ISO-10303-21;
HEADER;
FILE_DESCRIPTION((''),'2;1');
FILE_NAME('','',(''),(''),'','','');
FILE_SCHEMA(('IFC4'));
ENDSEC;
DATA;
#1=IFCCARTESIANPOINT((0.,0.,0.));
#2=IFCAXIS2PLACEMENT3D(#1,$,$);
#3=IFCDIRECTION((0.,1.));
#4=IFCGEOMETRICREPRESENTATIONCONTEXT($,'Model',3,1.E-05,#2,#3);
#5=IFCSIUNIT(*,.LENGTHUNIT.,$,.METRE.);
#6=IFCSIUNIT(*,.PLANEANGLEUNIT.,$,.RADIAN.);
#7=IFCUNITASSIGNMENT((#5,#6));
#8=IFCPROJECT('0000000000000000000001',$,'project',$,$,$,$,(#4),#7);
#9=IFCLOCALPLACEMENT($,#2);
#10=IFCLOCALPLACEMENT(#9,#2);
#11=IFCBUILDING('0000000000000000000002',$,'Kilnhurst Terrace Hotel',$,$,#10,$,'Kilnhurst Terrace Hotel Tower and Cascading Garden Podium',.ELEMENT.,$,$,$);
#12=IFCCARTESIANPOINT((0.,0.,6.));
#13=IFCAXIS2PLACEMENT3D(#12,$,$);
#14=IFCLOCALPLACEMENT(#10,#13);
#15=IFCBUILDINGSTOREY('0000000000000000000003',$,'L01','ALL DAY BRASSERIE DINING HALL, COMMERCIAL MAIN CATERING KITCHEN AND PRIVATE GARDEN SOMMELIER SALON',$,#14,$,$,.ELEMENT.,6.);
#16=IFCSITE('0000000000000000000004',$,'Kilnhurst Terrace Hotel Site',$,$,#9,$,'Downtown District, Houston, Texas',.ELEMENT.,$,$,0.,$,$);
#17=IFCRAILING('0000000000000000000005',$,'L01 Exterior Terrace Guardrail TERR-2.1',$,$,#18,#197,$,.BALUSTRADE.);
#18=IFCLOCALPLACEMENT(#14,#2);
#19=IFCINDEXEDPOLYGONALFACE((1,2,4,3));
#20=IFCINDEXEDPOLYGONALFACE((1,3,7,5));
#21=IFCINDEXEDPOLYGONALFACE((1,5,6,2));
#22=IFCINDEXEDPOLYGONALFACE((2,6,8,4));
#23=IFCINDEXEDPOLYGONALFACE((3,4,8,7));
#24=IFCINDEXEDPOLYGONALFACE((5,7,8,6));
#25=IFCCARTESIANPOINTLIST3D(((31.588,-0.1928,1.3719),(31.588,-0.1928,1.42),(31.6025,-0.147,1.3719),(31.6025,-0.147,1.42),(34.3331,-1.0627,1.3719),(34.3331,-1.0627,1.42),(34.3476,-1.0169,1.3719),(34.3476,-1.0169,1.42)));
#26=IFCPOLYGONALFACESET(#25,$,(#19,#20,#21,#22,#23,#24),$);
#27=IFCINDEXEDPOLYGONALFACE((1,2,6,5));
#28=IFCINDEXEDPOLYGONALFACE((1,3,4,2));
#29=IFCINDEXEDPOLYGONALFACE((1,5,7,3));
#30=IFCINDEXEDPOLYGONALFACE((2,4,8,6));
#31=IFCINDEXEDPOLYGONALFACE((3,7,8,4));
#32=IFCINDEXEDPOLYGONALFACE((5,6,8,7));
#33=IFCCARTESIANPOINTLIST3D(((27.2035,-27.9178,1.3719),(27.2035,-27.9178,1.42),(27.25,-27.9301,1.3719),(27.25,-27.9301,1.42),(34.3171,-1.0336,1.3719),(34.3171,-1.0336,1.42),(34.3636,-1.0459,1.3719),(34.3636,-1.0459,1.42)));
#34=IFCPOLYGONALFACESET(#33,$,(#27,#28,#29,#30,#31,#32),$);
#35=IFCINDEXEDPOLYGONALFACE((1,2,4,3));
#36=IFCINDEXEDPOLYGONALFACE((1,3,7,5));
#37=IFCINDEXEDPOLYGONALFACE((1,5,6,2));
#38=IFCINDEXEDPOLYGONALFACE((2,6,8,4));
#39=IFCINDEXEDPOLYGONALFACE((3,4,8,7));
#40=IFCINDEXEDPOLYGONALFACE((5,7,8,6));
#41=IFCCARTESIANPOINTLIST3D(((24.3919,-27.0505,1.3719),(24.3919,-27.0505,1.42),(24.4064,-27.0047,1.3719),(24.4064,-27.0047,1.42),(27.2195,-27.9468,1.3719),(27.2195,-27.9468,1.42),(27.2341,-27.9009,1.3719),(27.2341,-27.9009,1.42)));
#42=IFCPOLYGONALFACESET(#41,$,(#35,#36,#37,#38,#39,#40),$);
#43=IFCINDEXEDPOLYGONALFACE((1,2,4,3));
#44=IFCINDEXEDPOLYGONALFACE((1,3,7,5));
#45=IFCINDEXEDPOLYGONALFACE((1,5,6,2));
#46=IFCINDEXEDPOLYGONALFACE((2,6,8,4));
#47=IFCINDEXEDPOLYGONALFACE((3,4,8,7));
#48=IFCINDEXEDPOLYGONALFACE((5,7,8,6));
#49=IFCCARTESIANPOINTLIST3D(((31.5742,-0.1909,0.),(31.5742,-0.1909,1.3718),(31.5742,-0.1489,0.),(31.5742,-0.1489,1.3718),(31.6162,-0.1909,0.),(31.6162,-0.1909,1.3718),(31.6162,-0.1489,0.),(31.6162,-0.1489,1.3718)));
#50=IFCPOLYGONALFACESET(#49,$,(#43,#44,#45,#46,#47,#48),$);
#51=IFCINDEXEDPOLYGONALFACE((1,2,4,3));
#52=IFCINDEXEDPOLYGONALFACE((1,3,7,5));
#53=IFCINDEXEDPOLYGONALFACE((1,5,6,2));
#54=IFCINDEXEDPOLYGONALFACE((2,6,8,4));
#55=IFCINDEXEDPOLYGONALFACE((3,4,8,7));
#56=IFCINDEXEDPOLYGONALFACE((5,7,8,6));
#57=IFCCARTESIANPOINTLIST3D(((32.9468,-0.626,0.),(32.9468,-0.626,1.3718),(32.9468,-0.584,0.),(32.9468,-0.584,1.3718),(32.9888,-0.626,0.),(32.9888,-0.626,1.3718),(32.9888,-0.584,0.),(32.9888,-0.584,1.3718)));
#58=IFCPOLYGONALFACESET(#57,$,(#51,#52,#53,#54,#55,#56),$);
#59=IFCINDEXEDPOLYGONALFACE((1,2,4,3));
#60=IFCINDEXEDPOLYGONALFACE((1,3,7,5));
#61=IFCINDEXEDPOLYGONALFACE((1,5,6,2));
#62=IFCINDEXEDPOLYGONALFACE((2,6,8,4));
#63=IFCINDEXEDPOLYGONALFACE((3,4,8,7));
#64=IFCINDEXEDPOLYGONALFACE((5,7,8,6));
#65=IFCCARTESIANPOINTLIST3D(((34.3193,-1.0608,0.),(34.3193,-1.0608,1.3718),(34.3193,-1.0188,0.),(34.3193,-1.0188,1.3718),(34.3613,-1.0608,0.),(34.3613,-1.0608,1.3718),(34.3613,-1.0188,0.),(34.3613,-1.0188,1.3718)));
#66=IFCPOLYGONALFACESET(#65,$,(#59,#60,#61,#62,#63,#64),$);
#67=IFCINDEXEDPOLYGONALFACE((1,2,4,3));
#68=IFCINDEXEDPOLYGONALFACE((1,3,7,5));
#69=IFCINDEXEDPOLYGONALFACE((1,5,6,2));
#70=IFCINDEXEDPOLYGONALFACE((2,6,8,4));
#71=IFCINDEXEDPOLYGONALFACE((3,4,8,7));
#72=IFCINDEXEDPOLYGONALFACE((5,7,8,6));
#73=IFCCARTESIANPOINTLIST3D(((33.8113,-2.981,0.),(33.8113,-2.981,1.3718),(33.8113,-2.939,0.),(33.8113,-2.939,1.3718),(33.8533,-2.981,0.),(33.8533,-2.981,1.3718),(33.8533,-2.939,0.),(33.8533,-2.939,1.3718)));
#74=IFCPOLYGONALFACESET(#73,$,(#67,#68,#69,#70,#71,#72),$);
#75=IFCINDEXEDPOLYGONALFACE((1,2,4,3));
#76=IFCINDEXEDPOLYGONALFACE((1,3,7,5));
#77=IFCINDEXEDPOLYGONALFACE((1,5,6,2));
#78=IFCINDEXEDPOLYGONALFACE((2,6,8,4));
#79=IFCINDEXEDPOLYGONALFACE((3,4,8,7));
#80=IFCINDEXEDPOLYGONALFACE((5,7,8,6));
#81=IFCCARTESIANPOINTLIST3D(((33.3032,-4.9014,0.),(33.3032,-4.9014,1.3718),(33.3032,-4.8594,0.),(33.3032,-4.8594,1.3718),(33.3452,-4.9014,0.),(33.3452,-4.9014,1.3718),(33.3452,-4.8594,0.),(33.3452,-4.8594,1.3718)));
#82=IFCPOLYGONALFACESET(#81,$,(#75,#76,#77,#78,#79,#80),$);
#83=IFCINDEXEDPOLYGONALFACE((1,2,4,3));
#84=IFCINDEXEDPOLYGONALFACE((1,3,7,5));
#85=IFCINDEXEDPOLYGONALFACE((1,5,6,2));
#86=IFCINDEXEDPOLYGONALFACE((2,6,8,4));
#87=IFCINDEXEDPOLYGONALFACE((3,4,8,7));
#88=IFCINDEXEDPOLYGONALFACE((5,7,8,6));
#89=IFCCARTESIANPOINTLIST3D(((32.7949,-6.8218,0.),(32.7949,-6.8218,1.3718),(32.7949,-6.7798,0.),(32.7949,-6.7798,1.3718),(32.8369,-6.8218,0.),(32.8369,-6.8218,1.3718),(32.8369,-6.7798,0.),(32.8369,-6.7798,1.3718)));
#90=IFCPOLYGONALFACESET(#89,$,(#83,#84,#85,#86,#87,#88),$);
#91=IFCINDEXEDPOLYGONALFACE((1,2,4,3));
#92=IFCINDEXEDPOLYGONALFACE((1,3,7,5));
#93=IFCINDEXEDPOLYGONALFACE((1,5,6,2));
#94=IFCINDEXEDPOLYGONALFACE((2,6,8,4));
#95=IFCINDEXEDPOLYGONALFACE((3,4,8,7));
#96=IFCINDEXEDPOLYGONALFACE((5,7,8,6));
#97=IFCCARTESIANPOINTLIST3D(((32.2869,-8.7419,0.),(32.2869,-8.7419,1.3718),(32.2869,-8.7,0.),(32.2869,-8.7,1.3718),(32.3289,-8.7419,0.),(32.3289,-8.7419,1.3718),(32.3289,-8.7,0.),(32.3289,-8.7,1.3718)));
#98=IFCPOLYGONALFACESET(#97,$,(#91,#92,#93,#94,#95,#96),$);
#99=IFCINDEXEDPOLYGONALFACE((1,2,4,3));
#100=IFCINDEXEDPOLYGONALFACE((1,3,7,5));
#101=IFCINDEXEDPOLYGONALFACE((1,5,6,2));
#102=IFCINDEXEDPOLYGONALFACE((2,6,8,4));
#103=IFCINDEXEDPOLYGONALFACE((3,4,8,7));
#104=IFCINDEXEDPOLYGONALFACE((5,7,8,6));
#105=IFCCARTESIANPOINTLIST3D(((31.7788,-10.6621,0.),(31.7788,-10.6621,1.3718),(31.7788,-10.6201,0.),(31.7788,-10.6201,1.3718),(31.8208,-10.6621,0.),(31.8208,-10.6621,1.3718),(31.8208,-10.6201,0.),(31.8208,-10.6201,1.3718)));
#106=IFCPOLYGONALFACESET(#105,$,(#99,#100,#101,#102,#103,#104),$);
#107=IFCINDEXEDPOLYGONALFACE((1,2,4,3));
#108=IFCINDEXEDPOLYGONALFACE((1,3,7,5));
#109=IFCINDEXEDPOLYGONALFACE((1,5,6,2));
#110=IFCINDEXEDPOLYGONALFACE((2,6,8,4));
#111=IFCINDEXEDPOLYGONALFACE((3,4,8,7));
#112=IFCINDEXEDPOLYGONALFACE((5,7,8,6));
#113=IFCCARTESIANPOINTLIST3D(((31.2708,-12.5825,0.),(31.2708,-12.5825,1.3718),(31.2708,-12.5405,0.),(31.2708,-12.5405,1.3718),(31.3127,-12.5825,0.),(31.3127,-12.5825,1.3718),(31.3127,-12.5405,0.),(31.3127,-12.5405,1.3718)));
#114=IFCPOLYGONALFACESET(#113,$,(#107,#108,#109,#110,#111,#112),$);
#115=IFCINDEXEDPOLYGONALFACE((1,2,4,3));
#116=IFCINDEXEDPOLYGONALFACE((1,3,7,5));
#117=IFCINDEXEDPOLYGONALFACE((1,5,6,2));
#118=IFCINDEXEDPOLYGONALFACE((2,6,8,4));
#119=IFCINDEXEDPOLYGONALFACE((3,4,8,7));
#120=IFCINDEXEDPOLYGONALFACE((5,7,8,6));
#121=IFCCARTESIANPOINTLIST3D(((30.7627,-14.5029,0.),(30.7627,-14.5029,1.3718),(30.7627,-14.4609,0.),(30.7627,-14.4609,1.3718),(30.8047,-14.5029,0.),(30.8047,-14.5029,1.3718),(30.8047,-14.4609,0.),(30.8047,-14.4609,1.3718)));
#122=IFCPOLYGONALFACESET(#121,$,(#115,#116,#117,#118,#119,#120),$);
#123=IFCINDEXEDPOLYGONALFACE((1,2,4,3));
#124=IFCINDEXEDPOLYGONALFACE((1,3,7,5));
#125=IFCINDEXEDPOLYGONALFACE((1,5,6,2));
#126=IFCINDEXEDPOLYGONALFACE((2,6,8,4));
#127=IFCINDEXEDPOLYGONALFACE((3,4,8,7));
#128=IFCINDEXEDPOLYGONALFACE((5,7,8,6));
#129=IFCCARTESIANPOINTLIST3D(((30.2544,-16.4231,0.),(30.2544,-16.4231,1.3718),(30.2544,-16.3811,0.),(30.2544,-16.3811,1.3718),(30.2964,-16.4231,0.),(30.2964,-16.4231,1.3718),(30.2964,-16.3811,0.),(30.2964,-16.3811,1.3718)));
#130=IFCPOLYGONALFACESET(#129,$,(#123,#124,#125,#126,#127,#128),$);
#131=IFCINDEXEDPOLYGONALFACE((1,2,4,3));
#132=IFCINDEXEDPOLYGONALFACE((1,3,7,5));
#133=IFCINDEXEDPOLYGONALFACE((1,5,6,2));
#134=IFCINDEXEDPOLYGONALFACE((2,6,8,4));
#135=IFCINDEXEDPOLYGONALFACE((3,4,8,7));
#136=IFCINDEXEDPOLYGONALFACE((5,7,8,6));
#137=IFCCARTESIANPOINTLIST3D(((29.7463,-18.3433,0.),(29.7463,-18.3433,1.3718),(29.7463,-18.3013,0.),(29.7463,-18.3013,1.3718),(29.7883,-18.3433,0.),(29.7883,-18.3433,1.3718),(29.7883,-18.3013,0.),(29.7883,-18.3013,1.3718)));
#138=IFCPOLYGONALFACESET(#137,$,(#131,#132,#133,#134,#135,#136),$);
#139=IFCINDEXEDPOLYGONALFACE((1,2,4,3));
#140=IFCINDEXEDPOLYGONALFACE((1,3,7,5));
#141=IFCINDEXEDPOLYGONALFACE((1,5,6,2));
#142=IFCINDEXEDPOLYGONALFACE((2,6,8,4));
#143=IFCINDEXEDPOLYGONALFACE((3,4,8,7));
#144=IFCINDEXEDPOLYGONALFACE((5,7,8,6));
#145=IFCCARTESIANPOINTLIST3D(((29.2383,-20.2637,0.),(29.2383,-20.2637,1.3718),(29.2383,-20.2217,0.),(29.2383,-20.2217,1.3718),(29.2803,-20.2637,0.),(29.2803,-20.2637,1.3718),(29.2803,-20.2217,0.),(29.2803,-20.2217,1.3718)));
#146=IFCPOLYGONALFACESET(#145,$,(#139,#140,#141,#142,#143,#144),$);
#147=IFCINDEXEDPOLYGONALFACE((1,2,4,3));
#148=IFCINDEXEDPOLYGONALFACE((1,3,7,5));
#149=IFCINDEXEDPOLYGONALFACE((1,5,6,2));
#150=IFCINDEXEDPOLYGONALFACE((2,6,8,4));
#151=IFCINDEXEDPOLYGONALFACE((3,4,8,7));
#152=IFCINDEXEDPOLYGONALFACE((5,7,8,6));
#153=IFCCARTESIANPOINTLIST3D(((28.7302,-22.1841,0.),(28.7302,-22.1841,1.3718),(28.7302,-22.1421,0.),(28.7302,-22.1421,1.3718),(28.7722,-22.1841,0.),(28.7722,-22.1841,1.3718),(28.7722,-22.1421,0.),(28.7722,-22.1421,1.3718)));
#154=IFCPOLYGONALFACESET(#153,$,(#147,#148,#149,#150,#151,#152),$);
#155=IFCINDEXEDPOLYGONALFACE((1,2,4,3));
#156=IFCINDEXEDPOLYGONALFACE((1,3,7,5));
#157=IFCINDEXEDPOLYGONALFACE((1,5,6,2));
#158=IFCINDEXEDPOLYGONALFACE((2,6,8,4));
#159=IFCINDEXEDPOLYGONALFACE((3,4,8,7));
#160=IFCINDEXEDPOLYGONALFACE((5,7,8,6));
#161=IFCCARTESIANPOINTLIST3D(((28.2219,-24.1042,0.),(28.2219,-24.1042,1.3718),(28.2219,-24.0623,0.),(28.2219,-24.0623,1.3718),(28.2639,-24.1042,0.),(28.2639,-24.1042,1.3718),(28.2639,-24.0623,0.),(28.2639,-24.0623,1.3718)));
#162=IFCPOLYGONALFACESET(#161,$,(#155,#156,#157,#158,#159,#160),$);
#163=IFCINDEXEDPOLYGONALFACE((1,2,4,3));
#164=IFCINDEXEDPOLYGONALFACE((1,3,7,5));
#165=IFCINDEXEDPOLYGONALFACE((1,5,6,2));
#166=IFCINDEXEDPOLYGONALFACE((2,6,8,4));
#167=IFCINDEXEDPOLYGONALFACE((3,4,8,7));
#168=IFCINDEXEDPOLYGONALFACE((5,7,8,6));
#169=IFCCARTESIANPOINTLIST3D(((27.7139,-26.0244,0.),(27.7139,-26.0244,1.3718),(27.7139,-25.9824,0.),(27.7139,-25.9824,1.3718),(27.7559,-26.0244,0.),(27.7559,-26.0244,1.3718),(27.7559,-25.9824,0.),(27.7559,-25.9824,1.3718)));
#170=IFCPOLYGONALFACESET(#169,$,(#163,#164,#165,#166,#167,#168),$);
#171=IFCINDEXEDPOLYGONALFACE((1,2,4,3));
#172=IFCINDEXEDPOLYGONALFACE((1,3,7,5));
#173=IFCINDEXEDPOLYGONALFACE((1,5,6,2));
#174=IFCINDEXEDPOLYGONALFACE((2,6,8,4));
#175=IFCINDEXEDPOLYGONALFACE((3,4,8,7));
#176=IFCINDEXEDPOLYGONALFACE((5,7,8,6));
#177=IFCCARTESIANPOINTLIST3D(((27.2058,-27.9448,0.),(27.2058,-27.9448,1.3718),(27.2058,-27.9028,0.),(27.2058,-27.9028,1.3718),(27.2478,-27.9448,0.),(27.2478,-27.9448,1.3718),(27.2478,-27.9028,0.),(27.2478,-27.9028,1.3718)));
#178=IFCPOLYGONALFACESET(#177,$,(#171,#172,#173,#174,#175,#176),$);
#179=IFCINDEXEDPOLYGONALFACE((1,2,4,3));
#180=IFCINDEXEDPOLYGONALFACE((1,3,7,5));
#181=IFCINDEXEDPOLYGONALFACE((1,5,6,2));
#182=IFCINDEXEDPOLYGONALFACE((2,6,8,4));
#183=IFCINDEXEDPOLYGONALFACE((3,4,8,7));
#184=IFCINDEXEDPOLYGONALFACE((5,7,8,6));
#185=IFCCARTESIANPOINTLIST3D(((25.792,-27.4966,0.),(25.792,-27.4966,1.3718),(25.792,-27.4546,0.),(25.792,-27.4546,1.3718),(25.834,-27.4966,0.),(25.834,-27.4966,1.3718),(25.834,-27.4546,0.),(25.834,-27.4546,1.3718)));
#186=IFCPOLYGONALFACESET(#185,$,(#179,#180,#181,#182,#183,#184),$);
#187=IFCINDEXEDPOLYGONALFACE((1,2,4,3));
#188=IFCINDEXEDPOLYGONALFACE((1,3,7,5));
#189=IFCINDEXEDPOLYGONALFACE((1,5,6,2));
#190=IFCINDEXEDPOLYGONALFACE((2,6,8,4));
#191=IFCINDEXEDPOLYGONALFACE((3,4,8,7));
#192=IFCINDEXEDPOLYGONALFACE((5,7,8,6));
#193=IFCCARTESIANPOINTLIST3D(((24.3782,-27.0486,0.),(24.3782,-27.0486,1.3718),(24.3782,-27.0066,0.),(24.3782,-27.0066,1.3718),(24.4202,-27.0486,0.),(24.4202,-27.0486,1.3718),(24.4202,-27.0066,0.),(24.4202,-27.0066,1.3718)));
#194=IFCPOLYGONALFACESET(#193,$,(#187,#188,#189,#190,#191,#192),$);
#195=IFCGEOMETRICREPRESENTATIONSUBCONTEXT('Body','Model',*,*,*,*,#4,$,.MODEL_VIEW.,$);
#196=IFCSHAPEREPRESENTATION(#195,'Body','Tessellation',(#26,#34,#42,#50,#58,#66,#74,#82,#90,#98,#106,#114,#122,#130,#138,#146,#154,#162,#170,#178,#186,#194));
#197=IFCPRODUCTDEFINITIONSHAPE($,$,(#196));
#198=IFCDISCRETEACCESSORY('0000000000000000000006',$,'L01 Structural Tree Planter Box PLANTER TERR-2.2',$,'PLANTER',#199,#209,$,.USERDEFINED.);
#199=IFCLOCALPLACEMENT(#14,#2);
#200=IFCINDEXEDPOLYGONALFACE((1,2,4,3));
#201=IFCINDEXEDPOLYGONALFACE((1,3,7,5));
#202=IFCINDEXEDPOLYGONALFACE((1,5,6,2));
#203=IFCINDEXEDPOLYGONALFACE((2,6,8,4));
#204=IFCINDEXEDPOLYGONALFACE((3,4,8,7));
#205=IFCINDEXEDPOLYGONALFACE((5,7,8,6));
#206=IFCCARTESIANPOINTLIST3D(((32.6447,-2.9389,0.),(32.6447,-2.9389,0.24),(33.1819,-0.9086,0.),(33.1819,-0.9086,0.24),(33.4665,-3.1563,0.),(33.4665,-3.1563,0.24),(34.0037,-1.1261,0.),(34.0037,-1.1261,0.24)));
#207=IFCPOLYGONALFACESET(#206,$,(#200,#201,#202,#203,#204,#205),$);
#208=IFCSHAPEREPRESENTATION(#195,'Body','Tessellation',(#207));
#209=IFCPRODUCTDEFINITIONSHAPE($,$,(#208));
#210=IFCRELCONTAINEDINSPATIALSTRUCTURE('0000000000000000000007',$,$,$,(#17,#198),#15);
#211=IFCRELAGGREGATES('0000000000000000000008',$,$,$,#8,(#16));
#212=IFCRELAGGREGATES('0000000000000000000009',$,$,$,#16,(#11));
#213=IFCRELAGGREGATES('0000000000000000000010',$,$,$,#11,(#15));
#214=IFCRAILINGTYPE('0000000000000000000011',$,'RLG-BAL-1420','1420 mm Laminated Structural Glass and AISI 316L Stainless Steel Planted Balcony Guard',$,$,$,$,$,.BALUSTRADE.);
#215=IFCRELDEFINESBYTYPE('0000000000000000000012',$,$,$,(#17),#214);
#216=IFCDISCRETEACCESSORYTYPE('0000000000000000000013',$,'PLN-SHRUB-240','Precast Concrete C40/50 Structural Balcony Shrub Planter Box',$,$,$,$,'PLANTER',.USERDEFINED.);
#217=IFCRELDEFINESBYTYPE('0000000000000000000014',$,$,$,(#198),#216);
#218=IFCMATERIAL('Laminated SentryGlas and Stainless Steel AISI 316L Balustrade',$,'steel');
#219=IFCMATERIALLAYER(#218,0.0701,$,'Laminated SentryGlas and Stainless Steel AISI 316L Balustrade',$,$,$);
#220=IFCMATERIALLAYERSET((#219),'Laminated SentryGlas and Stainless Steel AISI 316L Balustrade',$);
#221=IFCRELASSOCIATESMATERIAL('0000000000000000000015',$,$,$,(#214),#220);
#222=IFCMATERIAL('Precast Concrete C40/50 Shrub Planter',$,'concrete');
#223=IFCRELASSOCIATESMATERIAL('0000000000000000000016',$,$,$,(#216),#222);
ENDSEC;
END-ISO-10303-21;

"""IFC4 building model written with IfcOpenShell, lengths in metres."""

from ifc_helpers import new_model, si_unit, direction, frame, origin, origin_2d, place, context, subcontext, project, spatial, rectangle, extrude, material, layer, layer_set, type_object, element, save


model = new_model("IFC4")

# Units and contexts
model_context = context("Model", 3, precision=1e-05, world=origin(), true_north=direction((0.0, 1.0)))
body_context = subcontext(model_context, "Body", "Model", "MODEL_VIEW")
ifc_project = project(units=[si_unit("LENGTHUNIT", "METRE"), si_unit("PLANEANGLEUNIT", "RADIAN")], contexts=[model_context])

# Site, building, storey
site_placement = place(None, origin())
site = spatial("IfcSite", under=ifc_project, at=site_placement, Name="Kilnhurst Terrace Hotel Site", LongName="Downtown District, Houston, Texas", CompositionType="ELEMENT", RefElevation=0.0)
building_placement = place(site_placement, origin())
building = spatial("IfcBuilding", under=site, at=building_placement, Name="Kilnhurst Terrace Hotel", LongName="Kilnhurst Terrace Hotel Tower and Cascading Garden Podium", CompositionType="ELEMENT")
storey_placement = place(building_placement, frame((0.0, 0.0, 6.0)))
storey = spatial("IfcBuildingStorey", under=building, at=storey_placement, Name="L01", Description="ALL DAY BRASSERIE DINING HALL, COMMERCIAL MAIN CATERING KITCHEN AND PRIVATE GARDEN SOMMELIER SALON", CompositionType="ELEMENT", Elevation=6.0)

# Railing
ifc_material_1 = material(Name="Laminated SentryGlas and Stainless Steel AISI 316L Balustrade", Category="steel")
ifc_layer_1 = layer(ifc_material_1, 0.0701, Name="Laminated SentryGlas and Stainless Steel AISI 316L Balustrade")
ifc_layer_set_1 = layer_set([ifc_layer_1], Name="Laminated SentryGlas and Stainless Steel AISI 316L Balustrade")
railing_type = type_object("IfcRailingType", Name="RLG-BAL-1420", Description="1420 mm Laminated Structural Glass and AISI 316L Stainless Steel Planted Balcony Guard", PredefinedType="BALUSTRADE", material=ifc_layer_set_1)
railing_placement = place(storey_placement, frame((31.5952, -0.1699, 0.0)))
element("IfcRailing", 1, at=railing_placement, inside=storey, type_object=railing_type, Name="L01 Exterior Terrace Guardrail TERR-2.1", PredefinedType="BALUSTRADE", context=body_context, shape_type="SweptSolid", body=[
    extrude(rectangle(XDim=0.0481, YDim=0.0481, at=origin_2d()), frame((0.0, 0.0, 1.396), z_axis=(0.953284, -0.302077, 0.0), x_axis=(0.302077, 0.953284, 0.0)), (0.0, 0.0, 1.0), 2.8796),
    extrude(rectangle(XDim=0.0481, YDim=0.0481, at=origin_2d()), frame((2.7451, -0.8699, 1.396), z_axis=(-0.255797, -0.96673, 0.0), x_axis=(0.96673, -0.255797, 0.0)), (0.0, 0.0, 1.0), 27.8093),
    extrude(rectangle(XDim=0.0481, YDim=0.0481, at=origin_2d()), frame((-4.3684, -27.7539, 1.396), z_axis=(-0.953262, 0.302144, 0.0), x_axis=(-0.302144, -0.953262, 0.0)), (0.0, 0.0, 1.0), 2.9663),
    extrude(rectangle(XDim=0.042, YDim=0.042, at=origin_2d()), origin(), (0.0, 0.0, 1.0), 1.3718),
    extrude(rectangle(XDim=0.042, YDim=0.042, at=origin_2d()), frame((1.3726, -0.4351, 0.0)), (0.0, 0.0, 1.0), 1.3718),
    extrude(rectangle(XDim=0.042, YDim=0.042, at=origin_2d()), frame((2.7451, -0.8699, 0.0)), (0.0, 0.0, 1.0), 1.3718),
    extrude(rectangle(XDim=0.042, YDim=0.042, at=origin_2d()), frame((2.2371, -2.79, 0.0)), (0.0, 0.0, 1.0), 1.3718),
    extrude(rectangle(XDim=0.042, YDim=0.042, at=origin_2d()), frame((1.729, -4.7104, 0.0)), (0.0, 0.0, 1.0), 1.3718),
    extrude(rectangle(XDim=0.042, YDim=0.042, at=origin_2d()), frame((1.2207, -6.6309, 0.0)), (0.0, 0.0, 1.0), 1.3718),
    extrude(rectangle(XDim=0.042, YDim=0.042, at=origin_2d()), frame((0.7126, -8.551, 0.0)), (0.0, 0.0, 1.0), 1.3718),
    extrude(rectangle(XDim=0.042, YDim=0.042, at=origin_2d()), frame((0.2046, -10.4712, 0.0)), (0.0, 0.0, 1.0), 1.3718),
    extrude(rectangle(XDim=0.042, YDim=0.042, at=origin_2d()), frame((-0.3035, -12.3916, 0.0)), (0.0, 0.0, 1.0), 1.3718),
    extrude(rectangle(XDim=0.042, YDim=0.042, at=origin_2d()), frame((-0.8115, -14.312, 0.0)), (0.0, 0.0, 1.0), 1.3718),
    extrude(rectangle(XDim=0.042, YDim=0.042, at=origin_2d()), frame((-1.3198, -16.2322, 0.0)), (0.0, 0.0, 1.0), 1.3718),
    extrude(rectangle(XDim=0.042, YDim=0.042, at=origin_2d()), frame((-1.8279, -18.1523, 0.0)), (0.0, 0.0, 1.0), 1.3718),
    extrude(rectangle(XDim=0.042, YDim=0.042, at=origin_2d()), frame((-2.3359, -20.0728, 0.0)), (0.0, 0.0, 1.0), 1.3718),
    extrude(rectangle(XDim=0.042, YDim=0.042, at=origin_2d()), frame((-2.844, -21.9932, 0.0)), (0.0, 0.0, 1.0), 1.3718),
    extrude(rectangle(XDim=0.042, YDim=0.042, at=origin_2d()), frame((-3.3523, -23.9133, 0.0)), (0.0, 0.0, 1.0), 1.3718),
    extrude(rectangle(XDim=0.042, YDim=0.042, at=origin_2d()), frame((-3.8604, -25.8335, 0.0)), (0.0, 0.0, 1.0), 1.3718),
    extrude(rectangle(XDim=0.042, YDim=0.042, at=origin_2d()), frame((-4.3684, -27.7539, 0.0)), (0.0, 0.0, 1.0), 1.3718),
    extrude(rectangle(XDim=0.042, YDim=0.042, at=origin_2d()), frame((-5.7822, -27.3057, 0.0)), (0.0, 0.0, 1.0), 1.3718),
    extrude(rectangle(XDim=0.042, YDim=0.042, at=origin_2d()), frame((-7.196, -26.8577, 0.0)), (0.0, 0.0, 1.0), 1.3718),
])

# Discrete accessory
ifc_material_2 = material(Name="Precast Concrete C40/50 Shrub Planter", Category="concrete")
discrete_accessory_type = type_object("IfcDiscreteAccessoryType", Name="PLN-SHRUB-240", Description="Precast Concrete C40/50 Structural Balcony Shrub Planter Box", ElementType="PLANTER", PredefinedType="USERDEFINED", material=ifc_material_2)
discrete_accessory_placement = place(storey_placement, frame((33.3242, -2.0325, 0.0), z_axis=(0.0, 0.0, 1.0), x_axis=(0.2558, 0.96673, 0.0)))
element("IfcDiscreteAccessory", 2, at=discrete_accessory_placement, inside=storey, type_object=discrete_accessory_type, Name="L01 Structural Tree Planter Box PLANTER TERR-2.2", ObjectType="PLANTER", PredefinedType="USERDEFINED", context=body_context, shape_type="SweptSolid", body=[
    extrude(rectangle(XDim=2.1001, YDim=0.8501, at=origin_2d()), origin(), (0.0, 0.0, 1.0), 0.24),
])

save(model, "model.ifc")
